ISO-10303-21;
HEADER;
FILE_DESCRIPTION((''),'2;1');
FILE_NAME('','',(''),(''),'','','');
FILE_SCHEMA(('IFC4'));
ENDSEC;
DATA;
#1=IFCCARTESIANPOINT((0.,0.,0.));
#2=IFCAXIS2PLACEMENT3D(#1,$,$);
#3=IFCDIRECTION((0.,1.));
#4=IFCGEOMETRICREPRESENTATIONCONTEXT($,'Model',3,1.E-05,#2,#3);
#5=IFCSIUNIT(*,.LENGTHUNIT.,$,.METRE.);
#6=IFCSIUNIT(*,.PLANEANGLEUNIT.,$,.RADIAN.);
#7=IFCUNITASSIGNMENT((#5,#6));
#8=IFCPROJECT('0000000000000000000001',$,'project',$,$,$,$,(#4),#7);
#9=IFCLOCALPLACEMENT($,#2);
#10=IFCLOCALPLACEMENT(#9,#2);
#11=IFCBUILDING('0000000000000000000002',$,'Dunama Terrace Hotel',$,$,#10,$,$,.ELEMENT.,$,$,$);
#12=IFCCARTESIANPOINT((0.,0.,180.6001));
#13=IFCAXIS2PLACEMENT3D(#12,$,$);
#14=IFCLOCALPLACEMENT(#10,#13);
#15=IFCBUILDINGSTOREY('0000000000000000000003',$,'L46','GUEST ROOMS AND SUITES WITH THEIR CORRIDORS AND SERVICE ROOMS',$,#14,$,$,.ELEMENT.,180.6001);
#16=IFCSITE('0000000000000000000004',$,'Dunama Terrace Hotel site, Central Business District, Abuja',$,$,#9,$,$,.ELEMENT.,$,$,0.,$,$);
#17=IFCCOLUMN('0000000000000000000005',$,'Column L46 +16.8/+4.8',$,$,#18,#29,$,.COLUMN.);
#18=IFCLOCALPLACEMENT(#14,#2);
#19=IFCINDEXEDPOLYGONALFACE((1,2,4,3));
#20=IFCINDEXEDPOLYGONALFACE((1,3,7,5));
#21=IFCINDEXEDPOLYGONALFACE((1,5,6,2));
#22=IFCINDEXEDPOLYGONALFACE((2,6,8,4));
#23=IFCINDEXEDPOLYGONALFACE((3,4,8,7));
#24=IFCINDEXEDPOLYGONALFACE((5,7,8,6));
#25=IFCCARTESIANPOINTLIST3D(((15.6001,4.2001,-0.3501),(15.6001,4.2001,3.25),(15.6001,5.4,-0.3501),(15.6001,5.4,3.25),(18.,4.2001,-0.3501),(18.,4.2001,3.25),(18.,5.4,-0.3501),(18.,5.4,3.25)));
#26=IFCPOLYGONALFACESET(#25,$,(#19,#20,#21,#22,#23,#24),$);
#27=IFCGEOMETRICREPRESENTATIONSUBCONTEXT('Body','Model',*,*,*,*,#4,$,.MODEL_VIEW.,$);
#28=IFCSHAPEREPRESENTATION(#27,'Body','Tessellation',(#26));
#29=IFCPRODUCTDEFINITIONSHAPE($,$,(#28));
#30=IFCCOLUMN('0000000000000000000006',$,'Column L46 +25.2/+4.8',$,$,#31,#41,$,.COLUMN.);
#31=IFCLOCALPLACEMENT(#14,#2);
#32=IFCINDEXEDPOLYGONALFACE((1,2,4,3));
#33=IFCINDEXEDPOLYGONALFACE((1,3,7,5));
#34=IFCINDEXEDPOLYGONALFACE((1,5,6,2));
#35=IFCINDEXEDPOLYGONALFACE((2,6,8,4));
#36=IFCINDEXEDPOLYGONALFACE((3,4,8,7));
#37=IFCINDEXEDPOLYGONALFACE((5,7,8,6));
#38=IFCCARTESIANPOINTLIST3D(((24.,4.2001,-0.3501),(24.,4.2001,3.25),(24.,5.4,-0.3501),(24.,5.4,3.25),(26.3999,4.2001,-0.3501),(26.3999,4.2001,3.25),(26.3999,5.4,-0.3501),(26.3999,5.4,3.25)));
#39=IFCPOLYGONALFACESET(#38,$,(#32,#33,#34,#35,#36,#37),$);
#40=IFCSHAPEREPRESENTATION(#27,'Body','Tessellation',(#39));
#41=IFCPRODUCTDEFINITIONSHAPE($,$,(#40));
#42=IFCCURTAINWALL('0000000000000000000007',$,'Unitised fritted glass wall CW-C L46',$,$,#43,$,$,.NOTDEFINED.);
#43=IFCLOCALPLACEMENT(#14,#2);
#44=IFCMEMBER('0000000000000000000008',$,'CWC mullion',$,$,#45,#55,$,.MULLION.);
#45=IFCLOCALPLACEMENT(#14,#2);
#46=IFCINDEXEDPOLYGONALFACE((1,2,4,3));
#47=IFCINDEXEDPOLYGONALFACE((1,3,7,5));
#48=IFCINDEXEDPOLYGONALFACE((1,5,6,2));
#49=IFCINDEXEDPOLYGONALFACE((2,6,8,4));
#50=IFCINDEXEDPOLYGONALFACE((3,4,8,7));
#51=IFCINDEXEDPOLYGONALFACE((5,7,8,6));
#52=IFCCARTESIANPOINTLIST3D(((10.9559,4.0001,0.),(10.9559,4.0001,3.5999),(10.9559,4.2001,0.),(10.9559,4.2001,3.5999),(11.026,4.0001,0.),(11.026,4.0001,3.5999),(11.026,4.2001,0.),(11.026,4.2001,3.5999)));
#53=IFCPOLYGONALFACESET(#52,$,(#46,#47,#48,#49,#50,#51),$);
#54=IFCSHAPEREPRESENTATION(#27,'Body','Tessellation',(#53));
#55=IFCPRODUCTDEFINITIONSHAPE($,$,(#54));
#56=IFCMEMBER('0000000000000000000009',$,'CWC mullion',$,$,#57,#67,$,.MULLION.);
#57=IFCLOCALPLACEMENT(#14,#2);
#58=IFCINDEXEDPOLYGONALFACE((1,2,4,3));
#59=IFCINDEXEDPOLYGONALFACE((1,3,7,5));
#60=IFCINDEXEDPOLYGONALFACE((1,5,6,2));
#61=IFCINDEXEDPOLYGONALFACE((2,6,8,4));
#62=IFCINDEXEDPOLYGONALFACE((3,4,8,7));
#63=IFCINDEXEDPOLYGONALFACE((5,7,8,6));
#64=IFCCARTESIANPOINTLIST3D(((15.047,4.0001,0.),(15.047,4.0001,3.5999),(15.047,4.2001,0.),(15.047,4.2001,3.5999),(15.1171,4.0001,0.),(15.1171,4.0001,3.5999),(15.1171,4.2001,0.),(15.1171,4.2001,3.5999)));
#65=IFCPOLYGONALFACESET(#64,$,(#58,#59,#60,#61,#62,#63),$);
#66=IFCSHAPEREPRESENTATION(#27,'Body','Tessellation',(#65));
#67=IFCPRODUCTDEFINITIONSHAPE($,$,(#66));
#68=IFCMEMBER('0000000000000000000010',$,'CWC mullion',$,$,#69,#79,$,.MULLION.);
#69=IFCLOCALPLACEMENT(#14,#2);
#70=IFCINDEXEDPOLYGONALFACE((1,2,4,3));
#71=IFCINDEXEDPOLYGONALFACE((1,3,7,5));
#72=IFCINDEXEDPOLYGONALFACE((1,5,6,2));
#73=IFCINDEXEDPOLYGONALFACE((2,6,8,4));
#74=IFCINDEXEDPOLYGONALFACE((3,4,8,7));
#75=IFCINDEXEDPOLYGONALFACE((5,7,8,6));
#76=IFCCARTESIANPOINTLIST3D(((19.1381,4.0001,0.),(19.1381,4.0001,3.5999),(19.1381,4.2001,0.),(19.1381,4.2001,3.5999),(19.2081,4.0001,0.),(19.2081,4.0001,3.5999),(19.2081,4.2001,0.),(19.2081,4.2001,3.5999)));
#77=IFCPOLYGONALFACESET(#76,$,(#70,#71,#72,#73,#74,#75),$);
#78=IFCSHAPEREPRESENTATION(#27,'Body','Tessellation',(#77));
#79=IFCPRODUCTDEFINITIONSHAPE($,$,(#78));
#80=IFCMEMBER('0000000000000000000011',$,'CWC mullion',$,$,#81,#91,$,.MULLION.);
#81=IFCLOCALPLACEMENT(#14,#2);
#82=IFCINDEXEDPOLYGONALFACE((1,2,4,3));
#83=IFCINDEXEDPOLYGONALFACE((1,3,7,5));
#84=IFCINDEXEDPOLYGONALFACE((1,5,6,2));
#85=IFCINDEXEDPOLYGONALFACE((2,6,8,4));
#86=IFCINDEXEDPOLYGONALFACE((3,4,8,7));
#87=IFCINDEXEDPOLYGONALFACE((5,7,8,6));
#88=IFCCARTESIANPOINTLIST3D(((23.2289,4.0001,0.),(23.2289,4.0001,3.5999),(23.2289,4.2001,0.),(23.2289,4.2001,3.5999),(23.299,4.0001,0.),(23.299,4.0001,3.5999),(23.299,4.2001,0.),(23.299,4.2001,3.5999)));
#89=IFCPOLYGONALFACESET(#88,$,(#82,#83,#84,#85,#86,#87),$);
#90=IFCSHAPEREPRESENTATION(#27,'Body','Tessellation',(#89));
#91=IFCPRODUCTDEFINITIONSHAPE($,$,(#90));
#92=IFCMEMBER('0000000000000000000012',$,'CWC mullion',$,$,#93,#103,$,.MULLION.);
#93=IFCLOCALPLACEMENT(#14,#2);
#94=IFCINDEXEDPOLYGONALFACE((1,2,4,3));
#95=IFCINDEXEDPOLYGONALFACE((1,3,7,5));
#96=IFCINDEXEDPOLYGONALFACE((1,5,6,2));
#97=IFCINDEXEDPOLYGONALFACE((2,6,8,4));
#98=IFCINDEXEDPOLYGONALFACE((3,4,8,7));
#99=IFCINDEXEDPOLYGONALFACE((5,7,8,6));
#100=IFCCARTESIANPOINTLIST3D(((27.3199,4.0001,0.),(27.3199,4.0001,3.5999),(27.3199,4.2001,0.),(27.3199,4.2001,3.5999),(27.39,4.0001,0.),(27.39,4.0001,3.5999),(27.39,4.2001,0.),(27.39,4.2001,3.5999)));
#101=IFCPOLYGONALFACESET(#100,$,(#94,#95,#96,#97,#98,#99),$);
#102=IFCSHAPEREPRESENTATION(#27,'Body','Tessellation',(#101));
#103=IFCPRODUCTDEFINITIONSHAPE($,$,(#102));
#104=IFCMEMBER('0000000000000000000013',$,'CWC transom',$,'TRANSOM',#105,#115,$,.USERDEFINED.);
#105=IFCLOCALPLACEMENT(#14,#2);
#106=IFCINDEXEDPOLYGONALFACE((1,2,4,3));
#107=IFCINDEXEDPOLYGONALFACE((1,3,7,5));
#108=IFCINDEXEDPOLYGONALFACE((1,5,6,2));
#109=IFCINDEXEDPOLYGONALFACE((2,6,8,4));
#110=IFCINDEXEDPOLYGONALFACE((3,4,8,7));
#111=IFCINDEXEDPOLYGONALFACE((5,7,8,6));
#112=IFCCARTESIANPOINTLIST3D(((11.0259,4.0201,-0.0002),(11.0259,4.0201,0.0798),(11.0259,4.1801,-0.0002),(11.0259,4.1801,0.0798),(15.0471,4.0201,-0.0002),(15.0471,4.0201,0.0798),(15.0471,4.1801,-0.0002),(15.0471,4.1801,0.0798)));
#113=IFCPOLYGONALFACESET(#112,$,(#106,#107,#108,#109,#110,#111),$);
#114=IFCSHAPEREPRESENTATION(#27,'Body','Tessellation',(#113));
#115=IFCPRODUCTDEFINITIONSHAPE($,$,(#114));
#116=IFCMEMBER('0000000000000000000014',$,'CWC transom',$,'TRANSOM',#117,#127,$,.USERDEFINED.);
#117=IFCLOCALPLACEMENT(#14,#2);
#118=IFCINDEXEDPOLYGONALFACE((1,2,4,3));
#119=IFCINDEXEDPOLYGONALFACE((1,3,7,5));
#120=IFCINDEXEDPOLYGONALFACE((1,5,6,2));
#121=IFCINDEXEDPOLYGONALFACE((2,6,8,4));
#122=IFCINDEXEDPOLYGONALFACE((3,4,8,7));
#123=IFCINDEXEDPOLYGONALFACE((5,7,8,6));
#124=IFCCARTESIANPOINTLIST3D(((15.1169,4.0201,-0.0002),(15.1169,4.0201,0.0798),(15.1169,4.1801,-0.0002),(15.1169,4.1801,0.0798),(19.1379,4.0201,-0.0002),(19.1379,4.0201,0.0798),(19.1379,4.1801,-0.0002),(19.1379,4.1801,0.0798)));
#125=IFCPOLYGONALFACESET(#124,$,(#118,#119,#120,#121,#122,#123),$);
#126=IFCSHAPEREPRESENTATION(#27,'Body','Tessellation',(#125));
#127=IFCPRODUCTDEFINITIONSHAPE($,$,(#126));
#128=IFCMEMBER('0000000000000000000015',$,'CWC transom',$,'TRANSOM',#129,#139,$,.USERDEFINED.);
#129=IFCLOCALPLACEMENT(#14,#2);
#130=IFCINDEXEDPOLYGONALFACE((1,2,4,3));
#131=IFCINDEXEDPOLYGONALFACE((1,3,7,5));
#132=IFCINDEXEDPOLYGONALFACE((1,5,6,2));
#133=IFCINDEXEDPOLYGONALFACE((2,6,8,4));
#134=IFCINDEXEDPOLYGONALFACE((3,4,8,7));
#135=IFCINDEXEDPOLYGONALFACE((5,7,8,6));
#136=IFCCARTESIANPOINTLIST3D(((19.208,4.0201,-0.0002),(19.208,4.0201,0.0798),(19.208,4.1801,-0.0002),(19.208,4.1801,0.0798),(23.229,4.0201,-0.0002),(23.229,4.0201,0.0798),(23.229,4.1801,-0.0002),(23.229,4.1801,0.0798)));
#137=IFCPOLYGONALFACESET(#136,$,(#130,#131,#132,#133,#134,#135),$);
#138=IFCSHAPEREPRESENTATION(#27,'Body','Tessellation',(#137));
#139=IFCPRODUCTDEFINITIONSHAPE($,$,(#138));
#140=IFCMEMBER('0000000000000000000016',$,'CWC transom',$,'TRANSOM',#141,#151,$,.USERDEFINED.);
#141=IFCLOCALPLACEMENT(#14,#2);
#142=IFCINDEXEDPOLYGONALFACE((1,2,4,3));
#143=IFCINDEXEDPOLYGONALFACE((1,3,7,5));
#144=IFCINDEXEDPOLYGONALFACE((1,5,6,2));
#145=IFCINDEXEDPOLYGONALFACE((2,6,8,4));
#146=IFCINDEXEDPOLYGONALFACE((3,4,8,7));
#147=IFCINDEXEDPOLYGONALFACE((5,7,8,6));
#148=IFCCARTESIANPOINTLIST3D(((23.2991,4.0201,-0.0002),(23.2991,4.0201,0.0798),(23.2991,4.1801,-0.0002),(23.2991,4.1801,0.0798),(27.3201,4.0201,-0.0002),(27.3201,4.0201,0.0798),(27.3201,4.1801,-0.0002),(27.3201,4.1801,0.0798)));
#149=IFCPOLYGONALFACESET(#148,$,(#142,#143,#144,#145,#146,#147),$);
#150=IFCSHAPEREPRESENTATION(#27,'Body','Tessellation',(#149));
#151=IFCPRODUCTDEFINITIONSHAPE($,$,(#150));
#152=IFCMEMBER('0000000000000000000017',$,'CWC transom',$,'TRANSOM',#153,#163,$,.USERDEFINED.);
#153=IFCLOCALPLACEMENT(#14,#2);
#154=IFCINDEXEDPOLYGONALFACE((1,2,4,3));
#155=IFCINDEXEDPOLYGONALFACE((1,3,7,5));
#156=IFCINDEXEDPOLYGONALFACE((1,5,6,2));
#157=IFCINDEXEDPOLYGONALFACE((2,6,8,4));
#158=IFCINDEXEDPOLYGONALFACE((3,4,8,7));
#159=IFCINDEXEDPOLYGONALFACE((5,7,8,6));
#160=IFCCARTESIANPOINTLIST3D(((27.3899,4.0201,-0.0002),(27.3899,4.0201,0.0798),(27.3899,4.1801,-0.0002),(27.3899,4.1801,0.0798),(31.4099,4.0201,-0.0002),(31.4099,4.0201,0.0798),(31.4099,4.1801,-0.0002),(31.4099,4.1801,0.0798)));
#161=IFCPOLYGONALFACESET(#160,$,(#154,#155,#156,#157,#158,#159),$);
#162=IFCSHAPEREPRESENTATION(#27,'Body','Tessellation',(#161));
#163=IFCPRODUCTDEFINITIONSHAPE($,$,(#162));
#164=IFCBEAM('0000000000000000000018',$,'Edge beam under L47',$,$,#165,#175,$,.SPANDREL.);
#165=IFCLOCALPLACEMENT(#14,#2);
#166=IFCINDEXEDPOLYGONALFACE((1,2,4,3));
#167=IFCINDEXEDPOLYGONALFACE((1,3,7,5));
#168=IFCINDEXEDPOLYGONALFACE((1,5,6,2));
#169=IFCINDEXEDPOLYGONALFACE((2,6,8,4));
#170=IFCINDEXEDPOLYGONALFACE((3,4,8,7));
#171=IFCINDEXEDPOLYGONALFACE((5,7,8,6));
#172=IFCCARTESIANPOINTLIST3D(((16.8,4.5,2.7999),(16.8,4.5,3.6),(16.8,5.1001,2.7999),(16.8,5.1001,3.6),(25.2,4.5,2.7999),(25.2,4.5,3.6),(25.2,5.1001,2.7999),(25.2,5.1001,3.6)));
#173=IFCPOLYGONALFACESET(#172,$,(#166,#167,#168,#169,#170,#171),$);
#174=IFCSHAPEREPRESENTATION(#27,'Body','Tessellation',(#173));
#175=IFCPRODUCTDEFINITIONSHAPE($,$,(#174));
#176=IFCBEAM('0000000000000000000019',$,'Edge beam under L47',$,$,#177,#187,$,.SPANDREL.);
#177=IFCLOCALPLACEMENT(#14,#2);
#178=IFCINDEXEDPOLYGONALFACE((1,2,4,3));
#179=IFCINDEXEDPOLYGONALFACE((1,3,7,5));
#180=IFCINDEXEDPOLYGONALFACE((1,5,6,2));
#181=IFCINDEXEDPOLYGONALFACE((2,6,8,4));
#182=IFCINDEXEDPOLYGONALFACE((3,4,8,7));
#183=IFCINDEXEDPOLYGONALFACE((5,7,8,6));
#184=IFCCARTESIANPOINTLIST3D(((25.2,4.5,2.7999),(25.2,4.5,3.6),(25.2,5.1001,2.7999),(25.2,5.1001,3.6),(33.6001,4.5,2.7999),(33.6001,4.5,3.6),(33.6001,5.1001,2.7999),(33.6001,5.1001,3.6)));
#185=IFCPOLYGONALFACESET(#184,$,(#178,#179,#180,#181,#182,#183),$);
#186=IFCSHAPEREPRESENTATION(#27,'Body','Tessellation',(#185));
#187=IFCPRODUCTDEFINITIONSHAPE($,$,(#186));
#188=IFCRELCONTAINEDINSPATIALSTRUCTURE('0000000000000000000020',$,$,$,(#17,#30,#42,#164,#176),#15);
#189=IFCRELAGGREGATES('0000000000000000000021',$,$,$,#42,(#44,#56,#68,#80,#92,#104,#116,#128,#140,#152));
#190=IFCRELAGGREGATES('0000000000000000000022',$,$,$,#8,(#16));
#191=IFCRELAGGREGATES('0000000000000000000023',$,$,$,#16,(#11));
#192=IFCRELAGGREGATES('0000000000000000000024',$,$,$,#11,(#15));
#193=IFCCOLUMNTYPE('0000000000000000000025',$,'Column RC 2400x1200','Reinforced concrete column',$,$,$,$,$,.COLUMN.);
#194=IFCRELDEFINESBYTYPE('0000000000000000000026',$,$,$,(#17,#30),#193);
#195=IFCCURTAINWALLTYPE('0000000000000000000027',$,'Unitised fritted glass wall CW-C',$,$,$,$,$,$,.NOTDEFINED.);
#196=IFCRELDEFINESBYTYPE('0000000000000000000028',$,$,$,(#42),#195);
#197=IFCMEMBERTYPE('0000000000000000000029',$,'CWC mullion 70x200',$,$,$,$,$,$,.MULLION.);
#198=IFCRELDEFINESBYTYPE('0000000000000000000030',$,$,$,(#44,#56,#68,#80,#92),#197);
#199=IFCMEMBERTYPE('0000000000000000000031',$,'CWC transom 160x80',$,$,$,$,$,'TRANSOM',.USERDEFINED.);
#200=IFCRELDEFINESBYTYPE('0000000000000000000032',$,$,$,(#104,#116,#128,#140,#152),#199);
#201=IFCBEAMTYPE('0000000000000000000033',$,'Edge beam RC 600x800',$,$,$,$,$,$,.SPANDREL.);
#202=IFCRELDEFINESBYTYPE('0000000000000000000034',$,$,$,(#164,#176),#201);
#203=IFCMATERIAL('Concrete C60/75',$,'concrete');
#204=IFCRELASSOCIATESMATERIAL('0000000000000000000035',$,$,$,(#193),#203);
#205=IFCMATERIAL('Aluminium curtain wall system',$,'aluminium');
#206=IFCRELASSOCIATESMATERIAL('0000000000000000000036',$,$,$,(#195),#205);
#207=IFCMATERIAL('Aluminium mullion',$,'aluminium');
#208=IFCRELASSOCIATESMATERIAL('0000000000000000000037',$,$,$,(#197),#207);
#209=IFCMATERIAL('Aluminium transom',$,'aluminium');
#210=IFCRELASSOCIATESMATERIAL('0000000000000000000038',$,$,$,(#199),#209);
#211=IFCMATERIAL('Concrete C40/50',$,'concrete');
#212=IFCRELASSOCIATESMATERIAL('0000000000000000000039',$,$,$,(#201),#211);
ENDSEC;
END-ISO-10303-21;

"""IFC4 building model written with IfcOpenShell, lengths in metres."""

from ifc_helpers import new_model, si_unit, direction, frame, origin, origin_2d, place, context, subcontext, project, spatial, rectangle, extrude, material, material_profile, profile_set, type_object, element, aggregate, save


model = new_model("IFC4")

# Units and contexts
model_context = context("Model", 3, precision=1e-05, world=origin(), true_north=direction((0.0, 1.0)))
body_context = subcontext(model_context, "Body", "Model", "MODEL_VIEW")
ifc_project = project(units=[si_unit("LENGTHUNIT", "METRE"), si_unit("PLANEANGLEUNIT", "RADIAN")], contexts=[model_context])

# Site, building, storey
site_placement = place(None, origin())
site = spatial("IfcSite", under=ifc_project, at=site_placement, Name="Dunama Terrace Hotel site, Central Business District, Abuja", CompositionType="ELEMENT", RefElevation=0.0)
building_placement = place(site_placement, origin())
building = spatial("IfcBuilding", under=site, at=building_placement, Name="Dunama Terrace Hotel", CompositionType="ELEMENT")
storey_placement = place(building_placement, frame((0.0, 0.0, 180.6001)))
storey = spatial("IfcBuildingStorey", under=building, at=storey_placement, Name="L46", Description="GUEST ROOMS AND SUITES WITH THEIR CORRIDORS AND SERVICE ROOMS", CompositionType="ELEMENT", Elevation=180.6001)

# Columns
ifc_material_1 = material(Name="Concrete C60/75", Category="concrete")
ifc_material_profile_1 = material_profile(ifc_material_1, rectangle(XDim=2.3999, YDim=1.2, at=origin_2d()), Name="RC 2400x1200")
ifc_profile_set_1 = profile_set([ifc_material_profile_1], Name="Concrete C60/75")
column_type = type_object("IfcColumnType", Name="Column RC 2400x1200", Description="Reinforced concrete column", PredefinedType="COLUMN", material=ifc_profile_set_1)
for number, where, z_axis, x_axis, name in (
    (1, (16.8, 4.8, -0.3501), (0.0, 0.0, 1.0), (1.0, 0.0, 0.0), "Column L46 +16.8/+4.8"),
    (2, (25.2, 4.8, -0.3501), (0.0, 0.0, 1.0), (1.0, 0.0, 0.0), "Column L46 +25.2/+4.8"),
):
    element("IfcColumn", number, at=place(storey_placement, frame(where, z_axis=z_axis, x_axis=x_axis)), inside=storey, type_object=column_type, Name=name, PredefinedType="COLUMN", context=body_context, shape_type="SweptSolid", body=[
        extrude(rectangle(XDim=2.3999, YDim=1.2, at=origin_2d()), origin(), (0.0, 0.0, 1.0), 3.6001),
    ])

# Curtain wall, members
ifc_material_2 = material(Name="Aluminium curtain wall system", Category="aluminium")
curtain_wall_type = type_object("IfcCurtainWallType", Name="Unitised fritted glass wall CW-C", PredefinedType="NOTDEFINED", material=ifc_material_2)
curtain_wall_placement = place(storey_placement, origin())
curtain_wall = element("IfcCurtainWall", 3, at=curtain_wall_placement, inside=storey, type_object=curtain_wall_type, Name="Unitised fritted glass wall CW-C L46", PredefinedType="NOTDEFINED")
ifc_material_3 = material(Name="Aluminium mullion", Category="aluminium")
ifc_material_profile_2 = material_profile(ifc_material_3, rectangle(XDim=0.0701, YDim=0.2, at=origin_2d()), Name="CWC MULLION 70X200")
ifc_profile_set_2 = profile_set([ifc_material_profile_2], Name="Aluminium mullion")
member_type_1 = type_object("IfcMemberType", Name="CWC mullion 70x200", PredefinedType="MULLION", material=ifc_profile_set_2)
member_1_placement = place(storey_placement, frame((10.991, 4.1001, 0.0), z_axis=(0.0, 0.0, 1.0), x_axis=(1.0, 0.0, 0.0)))
member_1 = element("IfcMember", 4, at=member_1_placement, type_object=member_type_1, Name="CWC mullion", PredefinedType="MULLION", context=body_context, shape_type="SweptSolid", body=[
    extrude(rectangle(XDim=0.0701, YDim=0.2, at=origin_2d()), origin(), (0.0, 0.0, 1.0), 3.5999),
])
member_2_placement = place(storey_placement, frame((15.082, 4.1001, 0.0), z_axis=(0.0, 0.0, 1.0), x_axis=(1.0, 0.0, 0.0)))
member_2 = element("IfcMember", 5, at=member_2_placement, type_object=member_type_1, Name="CWC mullion", PredefinedType="MULLION", context=body_context, shape_type="SweptSolid", body=[
    extrude(rectangle(XDim=0.0701, YDim=0.2, at=origin_2d()), origin(), (0.0, 0.0, 1.0), 3.5999),
])
member_3_placement = place(storey_placement, frame((19.1731, 4.1001, 0.0), z_axis=(0.0, 0.0, 1.0), x_axis=(1.0, 0.0, 0.0)))
member_3 = element("IfcMember", 6, at=member_3_placement, type_object=member_type_1, Name="CWC mullion", PredefinedType="MULLION", context=body_context, shape_type="SweptSolid", body=[
    extrude(rectangle(XDim=0.0701, YDim=0.2, at=origin_2d()), origin(), (0.0, 0.0, 1.0), 3.5999),
])
member_4_placement = place(storey_placement, frame((23.2639, 4.1001, 0.0), z_axis=(0.0, 0.0, 1.0), x_axis=(1.0, 0.0, 0.0)))
member_4 = element("IfcMember", 7, at=member_4_placement, type_object=member_type_1, Name="CWC mullion", PredefinedType="MULLION", context=body_context, shape_type="SweptSolid", body=[
    extrude(rectangle(XDim=0.0701, YDim=0.2, at=origin_2d()), origin(), (0.0, 0.0, 1.0), 3.5999),
])
member_5_placement = place(storey_placement, frame((27.355, 4.1001, 0.0), z_axis=(0.0, 0.0, 1.0), x_axis=(1.0, 0.0, 0.0)))
member_5 = element("IfcMember", 8, at=member_5_placement, type_object=member_type_1, Name="CWC mullion", PredefinedType="MULLION", context=body_context, shape_type="SweptSolid", body=[
    extrude(rectangle(XDim=0.0701, YDim=0.2, at=origin_2d()), origin(), (0.0, 0.0, 1.0), 3.5999),
])
ifc_material_4 = material(Name="Aluminium transom", Category="aluminium")
ifc_material_profile_3 = material_profile(ifc_material_4, rectangle(XDim=0.1599, YDim=0.0801, at=origin_2d()), Name="CWC TRANSOM 160X80")
ifc_profile_set_3 = profile_set([ifc_material_profile_3], Name="Aluminium transom")
member_type_2 = type_object("IfcMemberType", Name="CWC transom 160x80", ElementType="TRANSOM", PredefinedType="USERDEFINED", material=ifc_profile_set_3)
member_6_placement = place(storey_placement, frame((11.0259, 4.1001, 0.0398), z_axis=(1.0, 0.0, 0.0), x_axis=(0.0, 1.0, 0.0)))
member_6 = element("IfcMember", 9, at=member_6_placement, type_object=member_type_2, Name="CWC transom", ObjectType="TRANSOM", PredefinedType="USERDEFINED", context=body_context, shape_type="SweptSolid", body=[
    extrude(rectangle(XDim=0.1599, YDim=0.0801, at=origin_2d()), origin(), (0.0, 0.0, 1.0), 4.0212),
])
member_7_placement = place(storey_placement, frame((15.1169, 4.1001, 0.0398), z_axis=(1.0, 0.0, 0.0), x_axis=(0.0, 1.0, 0.0)))
member_7 = element("IfcMember", 10, at=member_7_placement, type_object=member_type_2, Name="CWC transom", ObjectType="TRANSOM", PredefinedType="USERDEFINED", context=body_context, shape_type="SweptSolid", body=[
    extrude(rectangle(XDim=0.1599, YDim=0.0801, at=origin_2d()), origin(), (0.0, 0.0, 1.0), 4.021),
])
member_8_placement = place(storey_placement, frame((19.208, 4.1001, 0.0398), z_axis=(1.0, 0.0, 0.0), x_axis=(0.0, 1.0, 0.0)))
member_8 = element("IfcMember", 11, at=member_8_placement, type_object=member_type_2, Name="CWC transom", ObjectType="TRANSOM", PredefinedType="USERDEFINED", context=body_context, shape_type="SweptSolid", body=[
    extrude(rectangle(XDim=0.1599, YDim=0.0801, at=origin_2d()), origin(), (0.0, 0.0, 1.0), 4.021),
])
member_9_placement = place(storey_placement, frame((23.2991, 4.1001, 0.0398), z_axis=(1.0, 0.0, 0.0), x_axis=(0.0, 1.0, 0.0)))
member_9 = element("IfcMember", 12, at=member_9_placement, type_object=member_type_2, Name="CWC transom", ObjectType="TRANSOM", PredefinedType="USERDEFINED", context=body_context, shape_type="SweptSolid", body=[
    extrude(rectangle(XDim=0.1599, YDim=0.0801, at=origin_2d()), origin(), (0.0, 0.0, 1.0), 4.021),
])
member_10_placement = place(storey_placement, frame((27.3899, 4.1001, 0.0398), z_axis=(1.0, 0.0, 0.0), x_axis=(0.0, 1.0, 0.0)))
member_10 = element("IfcMember", 13, at=member_10_placement, type_object=member_type_2, Name="CWC transom", ObjectType="TRANSOM", PredefinedType="USERDEFINED", context=body_context, shape_type="SweptSolid", body=[
    extrude(rectangle(XDim=0.1599, YDim=0.0801, at=origin_2d()), origin(), (0.0, 0.0, 1.0), 4.02),
])

# Beams
ifc_material_5 = material(Name="Concrete C40/50", Category="concrete")
ifc_material_profile_4 = material_profile(ifc_material_5, rectangle(XDim=0.6001, YDim=0.8, at=origin_2d()), Name="RC 600x800")
ifc_profile_set_4 = profile_set([ifc_material_profile_4], Name="Concrete C40/50")
beam_type = type_object("IfcBeamType", Name="Edge beam RC 600x800", PredefinedType="SPANDREL", material=ifc_profile_set_4)
beam_1_placement = place(storey_placement, frame((16.8, 4.8, 3.2), z_axis=(1.0, 0.0, 0.0), x_axis=(0.0, 1.0, 0.0)))
element("IfcBeam", 14, at=beam_1_placement, inside=storey, type_object=beam_type, Name="Edge beam under L47", PredefinedType="SPANDREL", context=body_context, shape_type="SweptSolid", body=[
    extrude(rectangle(XDim=0.6001, YDim=0.8, at=origin_2d()), origin(), (0.0, 0.0, 1.0), 8.3999),
])
beam_2_placement = place(storey_placement, frame((25.2, 4.8, 3.2), z_axis=(1.0, 0.0, 0.0), x_axis=(0.0, 1.0, 0.0)))
element("IfcBeam", 15, at=beam_2_placement, inside=storey, type_object=beam_type, Name="Edge beam under L47", PredefinedType="SPANDREL", context=body_context, shape_type="SweptSolid", body=[
    extrude(rectangle(XDim=0.6001, YDim=0.8, at=origin_2d()), origin(), (0.0, 0.0, 1.0), 8.4001),
])

aggregate(curtain_wall, [member_1, member_2, member_3, member_4, member_5, member_6, member_7, member_8, member_9, member_10])

save(model, "model.ifc")
